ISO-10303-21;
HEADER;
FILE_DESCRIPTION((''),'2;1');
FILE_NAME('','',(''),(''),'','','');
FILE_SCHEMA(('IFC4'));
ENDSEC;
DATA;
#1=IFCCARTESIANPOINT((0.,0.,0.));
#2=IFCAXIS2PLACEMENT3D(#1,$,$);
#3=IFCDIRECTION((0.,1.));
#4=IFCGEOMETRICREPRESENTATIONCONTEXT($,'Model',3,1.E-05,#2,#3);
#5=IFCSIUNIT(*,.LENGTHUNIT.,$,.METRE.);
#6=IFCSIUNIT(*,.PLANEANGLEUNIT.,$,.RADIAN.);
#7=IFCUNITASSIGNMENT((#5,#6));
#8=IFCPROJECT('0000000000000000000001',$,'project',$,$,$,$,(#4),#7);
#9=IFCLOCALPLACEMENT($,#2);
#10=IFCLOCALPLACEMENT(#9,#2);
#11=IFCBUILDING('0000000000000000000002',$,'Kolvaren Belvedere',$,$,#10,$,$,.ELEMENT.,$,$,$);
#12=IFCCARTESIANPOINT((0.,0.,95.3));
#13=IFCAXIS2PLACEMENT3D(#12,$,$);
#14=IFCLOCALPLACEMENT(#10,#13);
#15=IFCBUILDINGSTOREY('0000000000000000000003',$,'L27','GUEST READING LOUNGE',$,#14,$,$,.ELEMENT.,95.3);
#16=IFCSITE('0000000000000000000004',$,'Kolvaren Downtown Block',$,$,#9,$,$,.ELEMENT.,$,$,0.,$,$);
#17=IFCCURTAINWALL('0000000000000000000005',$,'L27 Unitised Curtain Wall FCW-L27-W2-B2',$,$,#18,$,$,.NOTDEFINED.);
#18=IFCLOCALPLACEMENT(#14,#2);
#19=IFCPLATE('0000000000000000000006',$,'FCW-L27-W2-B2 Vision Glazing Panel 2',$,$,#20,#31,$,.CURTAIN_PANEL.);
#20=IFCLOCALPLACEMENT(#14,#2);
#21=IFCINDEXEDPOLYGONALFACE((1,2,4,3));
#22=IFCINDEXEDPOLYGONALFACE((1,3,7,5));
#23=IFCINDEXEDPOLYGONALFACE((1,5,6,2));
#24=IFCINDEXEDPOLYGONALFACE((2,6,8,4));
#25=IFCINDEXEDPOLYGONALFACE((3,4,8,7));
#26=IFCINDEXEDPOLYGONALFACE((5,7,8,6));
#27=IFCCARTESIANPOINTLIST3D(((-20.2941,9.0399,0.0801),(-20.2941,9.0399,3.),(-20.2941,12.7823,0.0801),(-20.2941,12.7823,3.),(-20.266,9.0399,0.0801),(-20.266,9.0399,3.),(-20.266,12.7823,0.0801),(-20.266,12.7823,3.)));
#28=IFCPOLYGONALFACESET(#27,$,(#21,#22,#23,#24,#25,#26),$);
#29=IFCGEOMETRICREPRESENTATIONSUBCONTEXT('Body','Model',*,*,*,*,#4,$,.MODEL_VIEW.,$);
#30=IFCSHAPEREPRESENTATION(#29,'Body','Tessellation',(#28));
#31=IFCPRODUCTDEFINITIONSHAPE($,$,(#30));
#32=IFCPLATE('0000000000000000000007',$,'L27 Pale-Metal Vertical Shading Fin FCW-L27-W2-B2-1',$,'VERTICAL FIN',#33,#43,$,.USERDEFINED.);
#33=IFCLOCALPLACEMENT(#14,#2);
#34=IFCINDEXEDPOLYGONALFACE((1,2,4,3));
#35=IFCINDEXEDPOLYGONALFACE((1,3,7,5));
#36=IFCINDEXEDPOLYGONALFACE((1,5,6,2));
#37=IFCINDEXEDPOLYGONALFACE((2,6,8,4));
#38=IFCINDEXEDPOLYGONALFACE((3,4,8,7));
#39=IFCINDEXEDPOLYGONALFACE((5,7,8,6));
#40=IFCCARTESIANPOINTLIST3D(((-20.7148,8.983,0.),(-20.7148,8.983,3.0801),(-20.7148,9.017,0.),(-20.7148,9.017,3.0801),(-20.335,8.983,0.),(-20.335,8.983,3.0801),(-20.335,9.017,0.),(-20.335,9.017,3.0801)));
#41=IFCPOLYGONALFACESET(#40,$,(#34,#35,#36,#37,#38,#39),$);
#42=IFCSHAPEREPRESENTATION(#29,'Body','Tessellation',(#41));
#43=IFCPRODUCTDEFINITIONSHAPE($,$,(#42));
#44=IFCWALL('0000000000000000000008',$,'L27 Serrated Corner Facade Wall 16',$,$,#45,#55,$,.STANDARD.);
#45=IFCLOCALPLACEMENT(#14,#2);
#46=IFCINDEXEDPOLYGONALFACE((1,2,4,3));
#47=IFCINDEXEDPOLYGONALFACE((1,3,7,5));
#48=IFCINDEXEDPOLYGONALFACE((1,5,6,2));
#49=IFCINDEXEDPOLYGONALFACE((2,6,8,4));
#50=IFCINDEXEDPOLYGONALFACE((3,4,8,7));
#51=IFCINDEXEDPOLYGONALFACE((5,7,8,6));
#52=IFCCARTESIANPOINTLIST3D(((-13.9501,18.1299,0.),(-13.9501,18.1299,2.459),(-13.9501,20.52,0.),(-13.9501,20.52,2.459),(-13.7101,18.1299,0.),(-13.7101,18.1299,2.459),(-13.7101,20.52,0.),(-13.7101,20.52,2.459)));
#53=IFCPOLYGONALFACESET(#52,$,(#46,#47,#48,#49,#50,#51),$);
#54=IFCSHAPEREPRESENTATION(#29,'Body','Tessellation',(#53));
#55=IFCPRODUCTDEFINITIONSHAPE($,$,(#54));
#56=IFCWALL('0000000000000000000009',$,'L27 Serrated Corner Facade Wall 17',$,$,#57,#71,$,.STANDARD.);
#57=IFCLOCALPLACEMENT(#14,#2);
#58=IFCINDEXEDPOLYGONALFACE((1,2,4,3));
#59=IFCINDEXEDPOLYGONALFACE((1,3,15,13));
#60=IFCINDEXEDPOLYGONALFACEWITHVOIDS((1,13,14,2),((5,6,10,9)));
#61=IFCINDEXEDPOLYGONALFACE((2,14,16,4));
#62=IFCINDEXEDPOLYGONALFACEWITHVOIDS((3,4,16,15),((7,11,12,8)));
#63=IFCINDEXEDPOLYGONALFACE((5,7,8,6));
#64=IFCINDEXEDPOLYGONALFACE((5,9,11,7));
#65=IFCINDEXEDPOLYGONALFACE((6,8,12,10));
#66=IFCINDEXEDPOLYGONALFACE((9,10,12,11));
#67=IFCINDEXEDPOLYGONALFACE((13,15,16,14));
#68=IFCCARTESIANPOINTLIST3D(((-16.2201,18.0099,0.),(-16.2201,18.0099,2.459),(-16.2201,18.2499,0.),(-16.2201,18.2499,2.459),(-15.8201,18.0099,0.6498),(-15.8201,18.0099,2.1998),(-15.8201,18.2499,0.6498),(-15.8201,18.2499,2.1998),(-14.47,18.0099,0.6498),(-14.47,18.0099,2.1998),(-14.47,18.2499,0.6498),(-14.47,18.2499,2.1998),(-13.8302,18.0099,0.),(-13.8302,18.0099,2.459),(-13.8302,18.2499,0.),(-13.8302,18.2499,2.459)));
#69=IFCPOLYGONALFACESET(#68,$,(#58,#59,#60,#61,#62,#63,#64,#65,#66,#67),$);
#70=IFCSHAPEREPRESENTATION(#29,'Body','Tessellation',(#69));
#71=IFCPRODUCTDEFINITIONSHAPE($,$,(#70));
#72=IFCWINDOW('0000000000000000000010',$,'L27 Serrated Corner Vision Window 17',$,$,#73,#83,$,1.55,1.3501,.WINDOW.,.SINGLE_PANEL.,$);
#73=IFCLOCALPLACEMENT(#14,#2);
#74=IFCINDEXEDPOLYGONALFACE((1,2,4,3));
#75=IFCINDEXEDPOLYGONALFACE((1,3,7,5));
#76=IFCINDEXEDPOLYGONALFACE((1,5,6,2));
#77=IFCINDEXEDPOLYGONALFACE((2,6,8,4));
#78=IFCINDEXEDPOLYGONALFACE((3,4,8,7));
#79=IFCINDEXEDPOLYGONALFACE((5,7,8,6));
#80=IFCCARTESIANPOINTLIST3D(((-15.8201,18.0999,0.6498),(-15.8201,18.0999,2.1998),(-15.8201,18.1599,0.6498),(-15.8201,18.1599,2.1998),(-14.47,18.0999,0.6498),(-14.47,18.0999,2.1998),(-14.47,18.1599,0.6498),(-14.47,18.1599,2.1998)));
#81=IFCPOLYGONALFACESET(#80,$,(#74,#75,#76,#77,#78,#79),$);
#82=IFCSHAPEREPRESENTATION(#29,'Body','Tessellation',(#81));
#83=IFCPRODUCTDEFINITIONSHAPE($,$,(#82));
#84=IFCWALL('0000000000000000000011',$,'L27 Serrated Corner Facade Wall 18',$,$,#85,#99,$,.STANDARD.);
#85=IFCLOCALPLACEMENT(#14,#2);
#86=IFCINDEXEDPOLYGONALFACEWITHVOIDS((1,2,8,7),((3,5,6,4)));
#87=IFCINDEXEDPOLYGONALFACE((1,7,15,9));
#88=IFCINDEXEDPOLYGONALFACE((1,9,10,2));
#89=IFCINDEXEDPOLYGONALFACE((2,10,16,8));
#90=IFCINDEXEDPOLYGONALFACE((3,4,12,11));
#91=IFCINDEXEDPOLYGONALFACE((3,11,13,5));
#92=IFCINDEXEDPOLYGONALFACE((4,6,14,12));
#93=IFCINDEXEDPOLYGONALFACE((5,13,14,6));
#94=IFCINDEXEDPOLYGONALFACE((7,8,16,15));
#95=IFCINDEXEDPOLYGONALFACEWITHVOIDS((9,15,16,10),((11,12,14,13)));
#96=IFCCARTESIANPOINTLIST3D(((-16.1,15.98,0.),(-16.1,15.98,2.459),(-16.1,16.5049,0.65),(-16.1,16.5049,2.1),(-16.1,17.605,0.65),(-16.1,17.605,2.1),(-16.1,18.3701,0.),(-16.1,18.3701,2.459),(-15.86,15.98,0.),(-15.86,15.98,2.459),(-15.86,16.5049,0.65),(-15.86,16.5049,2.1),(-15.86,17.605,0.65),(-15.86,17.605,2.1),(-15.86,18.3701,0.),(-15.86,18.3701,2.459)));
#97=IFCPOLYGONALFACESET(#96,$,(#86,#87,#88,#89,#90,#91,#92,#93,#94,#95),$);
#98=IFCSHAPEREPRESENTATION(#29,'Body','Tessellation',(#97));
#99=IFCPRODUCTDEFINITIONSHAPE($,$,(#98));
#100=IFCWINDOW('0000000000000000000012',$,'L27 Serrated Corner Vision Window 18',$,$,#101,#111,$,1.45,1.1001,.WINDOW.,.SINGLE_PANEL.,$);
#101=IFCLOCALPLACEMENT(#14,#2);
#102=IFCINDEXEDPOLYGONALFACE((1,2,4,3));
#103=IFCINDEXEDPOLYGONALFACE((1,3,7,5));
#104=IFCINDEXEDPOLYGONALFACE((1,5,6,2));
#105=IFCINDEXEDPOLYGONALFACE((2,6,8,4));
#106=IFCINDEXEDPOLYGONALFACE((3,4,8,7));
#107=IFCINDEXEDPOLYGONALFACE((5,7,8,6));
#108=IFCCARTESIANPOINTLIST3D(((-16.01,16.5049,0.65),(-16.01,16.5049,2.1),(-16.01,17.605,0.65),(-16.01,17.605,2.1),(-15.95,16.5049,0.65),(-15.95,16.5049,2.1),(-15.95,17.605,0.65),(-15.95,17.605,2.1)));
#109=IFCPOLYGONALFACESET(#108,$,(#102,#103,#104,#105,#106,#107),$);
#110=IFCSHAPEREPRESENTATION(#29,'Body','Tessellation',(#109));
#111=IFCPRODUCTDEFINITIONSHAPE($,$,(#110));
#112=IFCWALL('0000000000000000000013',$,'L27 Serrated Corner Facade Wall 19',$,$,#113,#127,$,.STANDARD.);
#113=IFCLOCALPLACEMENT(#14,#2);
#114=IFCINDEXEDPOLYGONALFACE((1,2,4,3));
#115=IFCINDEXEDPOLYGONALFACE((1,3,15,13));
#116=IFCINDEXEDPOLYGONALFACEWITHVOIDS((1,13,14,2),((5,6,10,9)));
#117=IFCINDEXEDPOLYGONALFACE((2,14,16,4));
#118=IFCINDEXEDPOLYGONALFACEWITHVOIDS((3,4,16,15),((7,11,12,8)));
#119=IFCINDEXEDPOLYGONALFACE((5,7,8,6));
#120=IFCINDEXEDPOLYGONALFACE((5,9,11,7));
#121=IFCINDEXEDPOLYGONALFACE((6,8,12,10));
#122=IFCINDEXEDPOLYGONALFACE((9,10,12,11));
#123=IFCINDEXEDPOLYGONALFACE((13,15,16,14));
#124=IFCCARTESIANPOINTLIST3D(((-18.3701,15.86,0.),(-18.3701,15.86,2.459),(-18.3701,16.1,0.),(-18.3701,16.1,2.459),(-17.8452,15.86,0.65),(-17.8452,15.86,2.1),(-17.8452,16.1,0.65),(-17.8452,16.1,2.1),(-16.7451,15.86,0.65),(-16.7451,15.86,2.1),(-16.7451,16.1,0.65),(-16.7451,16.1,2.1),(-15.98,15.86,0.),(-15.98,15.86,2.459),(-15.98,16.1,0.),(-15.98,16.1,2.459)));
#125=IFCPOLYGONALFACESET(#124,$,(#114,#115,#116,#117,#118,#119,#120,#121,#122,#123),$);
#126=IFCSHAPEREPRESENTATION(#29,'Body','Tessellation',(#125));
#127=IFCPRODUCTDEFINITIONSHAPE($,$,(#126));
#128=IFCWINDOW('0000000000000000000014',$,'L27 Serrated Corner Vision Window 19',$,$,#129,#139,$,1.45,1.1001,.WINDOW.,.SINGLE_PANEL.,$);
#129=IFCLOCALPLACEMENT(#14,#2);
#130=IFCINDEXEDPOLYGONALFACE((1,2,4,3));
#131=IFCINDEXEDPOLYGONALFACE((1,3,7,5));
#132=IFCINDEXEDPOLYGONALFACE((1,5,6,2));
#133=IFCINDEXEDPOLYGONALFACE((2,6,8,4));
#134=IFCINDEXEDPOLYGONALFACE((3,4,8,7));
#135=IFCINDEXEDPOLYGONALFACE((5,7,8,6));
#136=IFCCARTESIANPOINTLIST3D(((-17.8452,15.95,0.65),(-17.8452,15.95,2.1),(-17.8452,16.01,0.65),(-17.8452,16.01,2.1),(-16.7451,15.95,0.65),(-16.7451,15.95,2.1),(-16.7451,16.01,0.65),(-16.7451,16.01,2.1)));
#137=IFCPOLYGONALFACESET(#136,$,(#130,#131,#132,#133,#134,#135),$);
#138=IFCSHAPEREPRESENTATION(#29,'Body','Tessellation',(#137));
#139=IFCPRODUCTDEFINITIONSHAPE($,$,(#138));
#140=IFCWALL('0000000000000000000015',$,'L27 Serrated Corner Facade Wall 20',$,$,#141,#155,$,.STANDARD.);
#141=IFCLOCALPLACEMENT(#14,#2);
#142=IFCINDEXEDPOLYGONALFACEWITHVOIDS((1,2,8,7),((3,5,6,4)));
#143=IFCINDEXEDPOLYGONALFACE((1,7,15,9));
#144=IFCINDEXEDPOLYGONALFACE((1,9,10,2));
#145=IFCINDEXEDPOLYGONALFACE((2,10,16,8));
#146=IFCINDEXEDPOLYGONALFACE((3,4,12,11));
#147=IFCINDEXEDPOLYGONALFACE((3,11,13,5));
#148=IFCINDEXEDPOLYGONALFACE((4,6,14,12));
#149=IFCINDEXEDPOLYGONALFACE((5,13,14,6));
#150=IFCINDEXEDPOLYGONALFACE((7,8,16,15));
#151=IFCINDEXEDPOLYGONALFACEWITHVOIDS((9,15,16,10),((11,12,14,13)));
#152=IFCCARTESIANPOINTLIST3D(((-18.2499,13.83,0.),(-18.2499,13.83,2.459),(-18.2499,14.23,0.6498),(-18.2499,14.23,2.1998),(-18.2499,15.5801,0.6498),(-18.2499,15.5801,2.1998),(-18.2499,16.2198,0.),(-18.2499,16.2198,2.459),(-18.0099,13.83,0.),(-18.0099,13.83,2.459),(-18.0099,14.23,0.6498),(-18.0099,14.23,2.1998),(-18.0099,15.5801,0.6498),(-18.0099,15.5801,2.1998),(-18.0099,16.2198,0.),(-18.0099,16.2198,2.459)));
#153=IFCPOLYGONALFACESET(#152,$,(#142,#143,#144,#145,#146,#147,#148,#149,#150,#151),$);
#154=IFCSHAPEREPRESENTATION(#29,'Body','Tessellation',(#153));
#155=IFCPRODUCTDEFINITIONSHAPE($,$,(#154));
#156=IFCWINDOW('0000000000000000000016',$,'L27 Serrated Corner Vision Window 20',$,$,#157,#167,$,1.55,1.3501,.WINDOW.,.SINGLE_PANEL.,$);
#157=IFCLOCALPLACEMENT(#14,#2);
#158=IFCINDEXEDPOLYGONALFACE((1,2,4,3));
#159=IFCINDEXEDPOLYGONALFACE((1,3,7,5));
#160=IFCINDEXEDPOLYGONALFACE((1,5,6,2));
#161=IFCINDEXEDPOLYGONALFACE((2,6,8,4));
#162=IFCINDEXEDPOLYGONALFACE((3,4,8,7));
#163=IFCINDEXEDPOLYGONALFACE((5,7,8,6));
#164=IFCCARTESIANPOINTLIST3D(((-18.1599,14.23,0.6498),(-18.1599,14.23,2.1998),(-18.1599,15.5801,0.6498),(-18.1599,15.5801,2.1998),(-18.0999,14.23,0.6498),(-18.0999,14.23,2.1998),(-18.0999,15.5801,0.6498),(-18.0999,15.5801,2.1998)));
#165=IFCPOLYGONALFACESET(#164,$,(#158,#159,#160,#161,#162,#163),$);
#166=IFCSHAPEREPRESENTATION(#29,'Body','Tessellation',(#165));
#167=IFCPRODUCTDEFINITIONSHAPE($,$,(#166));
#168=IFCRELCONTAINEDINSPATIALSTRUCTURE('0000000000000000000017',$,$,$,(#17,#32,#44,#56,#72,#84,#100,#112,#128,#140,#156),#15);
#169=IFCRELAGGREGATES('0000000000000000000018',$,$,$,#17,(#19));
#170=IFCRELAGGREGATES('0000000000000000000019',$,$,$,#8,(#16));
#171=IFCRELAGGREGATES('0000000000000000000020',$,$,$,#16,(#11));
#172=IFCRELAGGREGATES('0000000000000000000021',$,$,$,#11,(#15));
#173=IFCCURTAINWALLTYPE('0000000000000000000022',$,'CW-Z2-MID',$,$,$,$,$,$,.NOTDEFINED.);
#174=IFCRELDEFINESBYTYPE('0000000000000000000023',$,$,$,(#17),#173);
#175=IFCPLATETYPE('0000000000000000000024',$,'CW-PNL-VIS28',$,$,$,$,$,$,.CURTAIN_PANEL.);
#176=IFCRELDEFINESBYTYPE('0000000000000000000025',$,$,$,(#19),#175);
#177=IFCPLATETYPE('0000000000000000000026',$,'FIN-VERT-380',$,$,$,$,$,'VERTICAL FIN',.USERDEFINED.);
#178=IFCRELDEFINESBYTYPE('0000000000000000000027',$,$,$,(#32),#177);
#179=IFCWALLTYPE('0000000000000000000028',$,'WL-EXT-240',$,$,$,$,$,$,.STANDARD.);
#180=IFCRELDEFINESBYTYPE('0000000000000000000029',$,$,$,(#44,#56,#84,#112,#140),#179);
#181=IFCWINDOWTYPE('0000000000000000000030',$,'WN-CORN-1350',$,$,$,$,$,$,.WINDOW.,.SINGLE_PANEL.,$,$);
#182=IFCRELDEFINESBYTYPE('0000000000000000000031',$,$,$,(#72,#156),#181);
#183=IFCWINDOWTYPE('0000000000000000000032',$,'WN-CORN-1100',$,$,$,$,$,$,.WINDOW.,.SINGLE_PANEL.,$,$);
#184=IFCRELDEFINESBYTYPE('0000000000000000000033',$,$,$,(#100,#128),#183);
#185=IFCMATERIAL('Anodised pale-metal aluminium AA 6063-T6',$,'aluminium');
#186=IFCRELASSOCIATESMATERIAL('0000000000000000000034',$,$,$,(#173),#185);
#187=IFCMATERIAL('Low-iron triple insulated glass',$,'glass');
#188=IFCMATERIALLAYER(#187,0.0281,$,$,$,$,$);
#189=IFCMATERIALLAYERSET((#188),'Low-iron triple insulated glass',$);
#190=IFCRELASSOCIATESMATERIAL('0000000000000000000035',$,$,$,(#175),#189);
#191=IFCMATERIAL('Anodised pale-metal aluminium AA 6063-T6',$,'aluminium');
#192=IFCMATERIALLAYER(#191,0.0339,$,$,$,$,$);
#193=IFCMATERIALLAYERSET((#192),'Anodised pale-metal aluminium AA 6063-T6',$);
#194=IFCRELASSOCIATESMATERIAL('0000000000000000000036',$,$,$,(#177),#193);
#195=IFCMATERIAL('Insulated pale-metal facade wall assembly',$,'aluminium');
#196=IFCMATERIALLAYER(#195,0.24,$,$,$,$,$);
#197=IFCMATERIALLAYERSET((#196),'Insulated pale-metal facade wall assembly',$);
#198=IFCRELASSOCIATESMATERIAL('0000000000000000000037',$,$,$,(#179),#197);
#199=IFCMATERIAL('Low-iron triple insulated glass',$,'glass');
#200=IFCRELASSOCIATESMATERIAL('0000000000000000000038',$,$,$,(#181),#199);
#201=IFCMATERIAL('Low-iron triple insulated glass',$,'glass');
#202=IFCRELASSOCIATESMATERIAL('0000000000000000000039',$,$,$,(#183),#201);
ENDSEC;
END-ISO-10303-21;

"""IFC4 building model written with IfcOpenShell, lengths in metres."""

from ifc_helpers import new_model, si_unit, direction, frame, frame_2d, origin, origin_2d, place, context, subcontext, project, spatial, rectangle, extrude, material, layer, layer_set, type_object, element, fill, aggregate, save


model = new_model("IFC4")

# Units and contexts
model_context = context("Model", 3, precision=1e-05, world=origin(), true_north=direction((0.0, 1.0)))
body_context = subcontext(model_context, "Body", "Model", "MODEL_VIEW")
ifc_project = project(units=[si_unit("LENGTHUNIT", "METRE"), si_unit("PLANEANGLEUNIT", "RADIAN")], contexts=[model_context])

# Site, building, storey
site_placement = place(None, origin())
site = spatial("IfcSite", under=ifc_project, at=site_placement, Name="Kolvaren Downtown Block", CompositionType="ELEMENT", RefElevation=0.0)
building_placement = place(site_placement, origin())
building = spatial("IfcBuilding", under=site, at=building_placement, Name="Kolvaren Belvedere", CompositionType="ELEMENT")
storey_placement = place(building_placement, frame((0.0, 0.0, 95.3)))
storey = spatial("IfcBuildingStorey", under=building, at=storey_placement, Name="L27", Description="GUEST READING LOUNGE", CompositionType="ELEMENT", Elevation=95.3)

# Shared definitions
ifc_material_1 = material(Name="Anodised pale-metal aluminium AA 6063-T6", Category="aluminium")
curtain_wall_type = type_object("IfcCurtainWallType", Name="CW-Z2-MID", PredefinedType="NOTDEFINED", material=ifc_material_1)

# Curtain wall, plate
curtain_wall_1_placement = place(storey_placement, origin())
curtain_wall_1 = element("IfcCurtainWall", 1, at=curtain_wall_1_placement, inside=storey, type_object=curtain_wall_type, Name="L27 Unitised Curtain Wall FCW-L27-W2-B2", PredefinedType="NOTDEFINED")
ifc_material_2 = material(Name="Low-iron triple insulated glass", Category="glass")
ifc_layer_1 = layer(ifc_material_2, 0.0281)
ifc_layer_set_1 = layer_set([ifc_layer_1], Name="Low-iron triple insulated glass")
plate_type_1 = type_object("IfcPlateType", Name="CW-PNL-VIS28", PredefinedType="CURTAIN_PANEL", material=ifc_layer_set_1)
plate_1_placement = place(storey_placement, frame((-20.28, 10.9111, 0.0801), z_axis=(0.0, 0.0, 1.0), x_axis=(0.0, 1.0, 0.0)))
plate_1 = element("IfcPlate", 2, at=plate_1_placement, type_object=plate_type_1, Name="FCW-L27-W2-B2 Vision Glazing Panel 2", PredefinedType="CURTAIN_PANEL", context=body_context, shape_type="SweptSolid", body=[
    extrude(rectangle(XDim=3.7424, YDim=0.0281, at=origin_2d()), origin(), (0.0, 0.0, 1.0), 2.9199),
])
aggregate(curtain_wall_1, [plate_1])

# Plate
ifc_material_3 = material(Name="Anodised pale-metal aluminium AA 6063-T6", Category="aluminium")
ifc_layer_2 = layer(ifc_material_3, 0.0339)
ifc_layer_set_2 = layer_set([ifc_layer_2], Name="Anodised pale-metal aluminium AA 6063-T6")
plate_type_2 = type_object("IfcPlateType", Name="FIN-VERT-380", ElementType="VERTICAL FIN", PredefinedType="USERDEFINED", material=ifc_layer_set_2)
plate_2_placement = place(storey_placement, frame((-20.5249, 9.0, 0.0), z_axis=(0.0, 0.0, 1.0), x_axis=(1.0, 0.0, 0.0)))
element("IfcPlate", 3, at=plate_2_placement, inside=storey, type_object=plate_type_2, Name="L27 Pale-Metal Vertical Shading Fin FCW-L27-W2-B2-1", ObjectType="VERTICAL FIN", PredefinedType="USERDEFINED", context=body_context, shape_type="SweptSolid", body=[
    extrude(rectangle(XDim=0.3799, YDim=0.0339, at=origin_2d()), origin(), (0.0, 0.0, 1.0), 3.0801),
])

# Wall
ifc_material_4 = material(Name="Insulated pale-metal facade wall assembly", Category="aluminium")
ifc_layer_3 = layer(ifc_material_4, 0.24)
ifc_layer_set_3 = layer_set([ifc_layer_3], Name="Insulated pale-metal facade wall assembly")
wall_type_1 = type_object("IfcWallType", Name="WL-EXT-240", PredefinedType="STANDARD", material=ifc_layer_set_3)
wall_1_placement = place(storey_placement, frame((-13.8301, 18.1299, 0.0), z_axis=(0.0, 0.0, 1.0), x_axis=(0.0, 1.0, 0.0)))
element("IfcWall", 4, at=wall_1_placement, inside=storey, type_object=wall_type_1, Name="L27 Serrated Corner Facade Wall 16", PredefinedType="STANDARD", context=body_context, shape_type="SweptSolid", body=[
    extrude(rectangle(XDim=2.3901, YDim=0.24, at=frame_2d((1.1951, 0.0))), origin(), (0.0, 0.0, 1.0), 2.459),
])

# Walls, openings, windows
wall_2_placement = place(storey_placement, frame((-16.22, 18.1299, 0.0), z_axis=(0.0, 0.0, 1.0), x_axis=(1.0, 0.0, 0.0)))
wall_2 = element("IfcWall", 5, at=wall_2_placement, inside=storey, type_object=wall_type_1, Name="L27 Serrated Corner Facade Wall 17", PredefinedType="STANDARD", context=body_context, shape_type="SweptSolid", body=[
    extrude(rectangle(XDim=2.3899, YDim=0.24, at=frame_2d((1.1948, 0.0))), origin(), (0.0, 0.0, 1.0), 2.459),
])
opening_1_placement = place(wall_2_placement, frame((0.3999, 0.0, 0.6499)))
opening_1 = element("IfcOpeningElement", 6, at=opening_1_placement, cuts=wall_2, PredefinedType="OPENING", context=body_context, shape_type="SweptSolid", body=[
    extrude(rectangle(XDim=1.3501, YDim=1.55, at=frame_2d((0.675, 0.7749))), frame((0.0, 0.1299, 0.0), z_axis=(0.0, -1.0, 0.0), x_axis=(1.0, 0.0, 0.0)), (0.0, 0.0, 1.0), 0.26),
])
ifc_material_5 = material(Name="Low-iron triple insulated glass", Category="glass")
window_type_1 = type_object("IfcWindowType", Name="WN-CORN-1350", PartitioningType="SINGLE_PANEL", PredefinedType="WINDOW", material=ifc_material_5)
window_1_placement = place(opening_1_placement, origin())
window_1 = element("IfcWindow", 7, at=window_1_placement, inside=storey, type_object=window_type_1, Name="L27 Serrated Corner Vision Window 17", OverallHeight=1.55, OverallWidth=1.3501, PartitioningType="SINGLE_PANEL", PredefinedType="WINDOW", context=body_context, shape_type="SweptSolid", body=[
    extrude(rectangle(XDim=1.3501, YDim=1.55, at=frame_2d((0.675, 0.7749))), frame((0.0, 0.03, 0.0), z_axis=(0.0, -1.0, 0.0), x_axis=(1.0, 0.0, 0.0)), (0.0, 0.0, 1.0), 0.0601),
])
fill(opening_1, window_1)
wall_3_placement = place(storey_placement, frame((-15.98, 15.98, 0.0), z_axis=(0.0, 0.0, 1.0), x_axis=(0.0, 1.0, 0.0)))
wall_3 = element("IfcWall", 8, at=wall_3_placement, inside=storey, type_object=wall_type_1, Name="L27 Serrated Corner Facade Wall 18", PredefinedType="STANDARD", context=body_context, shape_type="SweptSolid", body=[
    extrude(rectangle(XDim=2.3901, YDim=0.24, at=frame_2d((1.1951, 0.0))), origin(), (0.0, 0.0, 1.0), 2.459),
])
opening_2_placement = place(wall_3_placement, frame((0.5249, 0.0, 0.6499)))
opening_2 = element("IfcOpeningElement", 9, at=opening_2_placement, cuts=wall_3, PredefinedType="OPENING", context=body_context, shape_type="SweptSolid", body=[
    extrude(rectangle(XDim=1.1001, YDim=1.45, at=frame_2d((0.55, 0.7251))), frame((0.0, 0.1299, 0.0), z_axis=(0.0, -1.0, 0.0), x_axis=(1.0, 0.0, 0.0)), (0.0, 0.0, 1.0), 0.26),
])
ifc_material_6 = material(Name="Low-iron triple insulated glass", Category="glass")
window_type_2 = type_object("IfcWindowType", Name="WN-CORN-1100", PartitioningType="SINGLE_PANEL", PredefinedType="WINDOW", material=ifc_material_6)
window_2_placement = place(opening_2_placement, origin())
window_2 = element("IfcWindow", 10, at=window_2_placement, inside=storey, type_object=window_type_2, Name="L27 Serrated Corner Vision Window 18", OverallHeight=1.45, OverallWidth=1.1001, PartitioningType="SINGLE_PANEL", PredefinedType="WINDOW", context=body_context, shape_type="SweptSolid", body=[
    extrude(rectangle(XDim=1.1001, YDim=1.45, at=frame_2d((0.55, 0.7251))), frame((0.0, 0.03, 0.0), z_axis=(0.0, -1.0, 0.0), x_axis=(1.0, 0.0, 0.0)), (0.0, 0.0, 1.0), 0.0601),
])
fill(opening_2, window_2)
wall_4_placement = place(storey_placement, frame((-18.3701, 15.98, 0.0), z_axis=(0.0, 0.0, 1.0), x_axis=(1.0, 0.0, 0.0)))
wall_4 = element("IfcWall", 11, at=wall_4_placement, inside=storey, type_object=wall_type_1, Name="L27 Serrated Corner Facade Wall 19", PredefinedType="STANDARD", context=body_context, shape_type="SweptSolid", body=[
    extrude(rectangle(XDim=2.3901, YDim=0.24, at=frame_2d((1.1951, 0.0))), origin(), (0.0, 0.0, 1.0), 2.459),
])
opening_3_placement = place(wall_4_placement, frame((0.5249, 0.0, 0.6499)))
opening_3 = element("IfcOpeningElement", 12, at=opening_3_placement, cuts=wall_4, PredefinedType="OPENING", context=body_context, shape_type="SweptSolid", body=[
    extrude(rectangle(XDim=1.1001, YDim=1.45, at=frame_2d((0.55, 0.7251))), frame((0.0, 0.1299, 0.0), z_axis=(0.0, -1.0, 0.0), x_axis=(1.0, 0.0, 0.0)), (0.0, 0.0, 1.0), 0.26),
])
window_3_placement = place(opening_3_placement, origin())
window_3 = element("IfcWindow", 13, at=window_3_placement, inside=storey, type_object=window_type_2, Name="L27 Serrated Corner Vision Window 19", OverallHeight=1.45, OverallWidth=1.1001, PartitioningType="SINGLE_PANEL", PredefinedType="WINDOW", context=body_context, shape_type="SweptSolid", body=[
    extrude(rectangle(XDim=1.1001, YDim=1.45, at=frame_2d((0.55, 0.7251))), frame((0.0, 0.03, 0.0), z_axis=(0.0, -1.0, 0.0), x_axis=(1.0, 0.0, 0.0)), (0.0, 0.0, 1.0), 0.0601),
])
fill(opening_3, window_3)
wall_5_placement = place(storey_placement, frame((-18.1299, 13.8301, 0.0), z_axis=(0.0, 0.0, 1.0), x_axis=(0.0, 1.0, 0.0)))
wall_5 = element("IfcWall", 14, at=wall_5_placement, inside=storey, type_object=wall_type_1, Name="L27 Serrated Corner Facade Wall 20", PredefinedType="STANDARD", context=body_context, shape_type="SweptSolid", body=[
    extrude(rectangle(XDim=2.3899, YDim=0.24, at=frame_2d((1.1948, 0.0))), origin(), (0.0, 0.0, 1.0), 2.459),
])
opening_4_placement = place(wall_5_placement, frame((0.3999, 0.0, 0.6499)))
opening_4 = element("IfcOpeningElement", 15, at=opening_4_placement, cuts=wall_5, PredefinedType="OPENING", context=body_context, shape_type="SweptSolid", body=[
    extrude(rectangle(XDim=1.3501, YDim=1.55, at=frame_2d((0.675, 0.7749))), frame((0.0, 0.1299, 0.0), z_axis=(0.0, -1.0, 0.0), x_axis=(1.0, 0.0, 0.0)), (0.0, 0.0, 1.0), 0.26),
])
window_4_placement = place(opening_4_placement, origin())
window_4 = element("IfcWindow", 16, at=window_4_placement, inside=storey, type_object=window_type_1, Name="L27 Serrated Corner Vision Window 20", OverallHeight=1.55, OverallWidth=1.3501, PartitioningType="SINGLE_PANEL", PredefinedType="WINDOW", context=body_context, shape_type="SweptSolid", body=[
    extrude(rectangle(XDim=1.3501, YDim=1.55, at=frame_2d((0.675, 0.7749))), frame((0.0, 0.03, 0.0), z_axis=(0.0, -1.0, 0.0), x_axis=(1.0, 0.0, 0.0)), (0.0, 0.0, 1.0), 0.0601),
])
fill(opening_4, window_4)

save(model, "model.ifc")
